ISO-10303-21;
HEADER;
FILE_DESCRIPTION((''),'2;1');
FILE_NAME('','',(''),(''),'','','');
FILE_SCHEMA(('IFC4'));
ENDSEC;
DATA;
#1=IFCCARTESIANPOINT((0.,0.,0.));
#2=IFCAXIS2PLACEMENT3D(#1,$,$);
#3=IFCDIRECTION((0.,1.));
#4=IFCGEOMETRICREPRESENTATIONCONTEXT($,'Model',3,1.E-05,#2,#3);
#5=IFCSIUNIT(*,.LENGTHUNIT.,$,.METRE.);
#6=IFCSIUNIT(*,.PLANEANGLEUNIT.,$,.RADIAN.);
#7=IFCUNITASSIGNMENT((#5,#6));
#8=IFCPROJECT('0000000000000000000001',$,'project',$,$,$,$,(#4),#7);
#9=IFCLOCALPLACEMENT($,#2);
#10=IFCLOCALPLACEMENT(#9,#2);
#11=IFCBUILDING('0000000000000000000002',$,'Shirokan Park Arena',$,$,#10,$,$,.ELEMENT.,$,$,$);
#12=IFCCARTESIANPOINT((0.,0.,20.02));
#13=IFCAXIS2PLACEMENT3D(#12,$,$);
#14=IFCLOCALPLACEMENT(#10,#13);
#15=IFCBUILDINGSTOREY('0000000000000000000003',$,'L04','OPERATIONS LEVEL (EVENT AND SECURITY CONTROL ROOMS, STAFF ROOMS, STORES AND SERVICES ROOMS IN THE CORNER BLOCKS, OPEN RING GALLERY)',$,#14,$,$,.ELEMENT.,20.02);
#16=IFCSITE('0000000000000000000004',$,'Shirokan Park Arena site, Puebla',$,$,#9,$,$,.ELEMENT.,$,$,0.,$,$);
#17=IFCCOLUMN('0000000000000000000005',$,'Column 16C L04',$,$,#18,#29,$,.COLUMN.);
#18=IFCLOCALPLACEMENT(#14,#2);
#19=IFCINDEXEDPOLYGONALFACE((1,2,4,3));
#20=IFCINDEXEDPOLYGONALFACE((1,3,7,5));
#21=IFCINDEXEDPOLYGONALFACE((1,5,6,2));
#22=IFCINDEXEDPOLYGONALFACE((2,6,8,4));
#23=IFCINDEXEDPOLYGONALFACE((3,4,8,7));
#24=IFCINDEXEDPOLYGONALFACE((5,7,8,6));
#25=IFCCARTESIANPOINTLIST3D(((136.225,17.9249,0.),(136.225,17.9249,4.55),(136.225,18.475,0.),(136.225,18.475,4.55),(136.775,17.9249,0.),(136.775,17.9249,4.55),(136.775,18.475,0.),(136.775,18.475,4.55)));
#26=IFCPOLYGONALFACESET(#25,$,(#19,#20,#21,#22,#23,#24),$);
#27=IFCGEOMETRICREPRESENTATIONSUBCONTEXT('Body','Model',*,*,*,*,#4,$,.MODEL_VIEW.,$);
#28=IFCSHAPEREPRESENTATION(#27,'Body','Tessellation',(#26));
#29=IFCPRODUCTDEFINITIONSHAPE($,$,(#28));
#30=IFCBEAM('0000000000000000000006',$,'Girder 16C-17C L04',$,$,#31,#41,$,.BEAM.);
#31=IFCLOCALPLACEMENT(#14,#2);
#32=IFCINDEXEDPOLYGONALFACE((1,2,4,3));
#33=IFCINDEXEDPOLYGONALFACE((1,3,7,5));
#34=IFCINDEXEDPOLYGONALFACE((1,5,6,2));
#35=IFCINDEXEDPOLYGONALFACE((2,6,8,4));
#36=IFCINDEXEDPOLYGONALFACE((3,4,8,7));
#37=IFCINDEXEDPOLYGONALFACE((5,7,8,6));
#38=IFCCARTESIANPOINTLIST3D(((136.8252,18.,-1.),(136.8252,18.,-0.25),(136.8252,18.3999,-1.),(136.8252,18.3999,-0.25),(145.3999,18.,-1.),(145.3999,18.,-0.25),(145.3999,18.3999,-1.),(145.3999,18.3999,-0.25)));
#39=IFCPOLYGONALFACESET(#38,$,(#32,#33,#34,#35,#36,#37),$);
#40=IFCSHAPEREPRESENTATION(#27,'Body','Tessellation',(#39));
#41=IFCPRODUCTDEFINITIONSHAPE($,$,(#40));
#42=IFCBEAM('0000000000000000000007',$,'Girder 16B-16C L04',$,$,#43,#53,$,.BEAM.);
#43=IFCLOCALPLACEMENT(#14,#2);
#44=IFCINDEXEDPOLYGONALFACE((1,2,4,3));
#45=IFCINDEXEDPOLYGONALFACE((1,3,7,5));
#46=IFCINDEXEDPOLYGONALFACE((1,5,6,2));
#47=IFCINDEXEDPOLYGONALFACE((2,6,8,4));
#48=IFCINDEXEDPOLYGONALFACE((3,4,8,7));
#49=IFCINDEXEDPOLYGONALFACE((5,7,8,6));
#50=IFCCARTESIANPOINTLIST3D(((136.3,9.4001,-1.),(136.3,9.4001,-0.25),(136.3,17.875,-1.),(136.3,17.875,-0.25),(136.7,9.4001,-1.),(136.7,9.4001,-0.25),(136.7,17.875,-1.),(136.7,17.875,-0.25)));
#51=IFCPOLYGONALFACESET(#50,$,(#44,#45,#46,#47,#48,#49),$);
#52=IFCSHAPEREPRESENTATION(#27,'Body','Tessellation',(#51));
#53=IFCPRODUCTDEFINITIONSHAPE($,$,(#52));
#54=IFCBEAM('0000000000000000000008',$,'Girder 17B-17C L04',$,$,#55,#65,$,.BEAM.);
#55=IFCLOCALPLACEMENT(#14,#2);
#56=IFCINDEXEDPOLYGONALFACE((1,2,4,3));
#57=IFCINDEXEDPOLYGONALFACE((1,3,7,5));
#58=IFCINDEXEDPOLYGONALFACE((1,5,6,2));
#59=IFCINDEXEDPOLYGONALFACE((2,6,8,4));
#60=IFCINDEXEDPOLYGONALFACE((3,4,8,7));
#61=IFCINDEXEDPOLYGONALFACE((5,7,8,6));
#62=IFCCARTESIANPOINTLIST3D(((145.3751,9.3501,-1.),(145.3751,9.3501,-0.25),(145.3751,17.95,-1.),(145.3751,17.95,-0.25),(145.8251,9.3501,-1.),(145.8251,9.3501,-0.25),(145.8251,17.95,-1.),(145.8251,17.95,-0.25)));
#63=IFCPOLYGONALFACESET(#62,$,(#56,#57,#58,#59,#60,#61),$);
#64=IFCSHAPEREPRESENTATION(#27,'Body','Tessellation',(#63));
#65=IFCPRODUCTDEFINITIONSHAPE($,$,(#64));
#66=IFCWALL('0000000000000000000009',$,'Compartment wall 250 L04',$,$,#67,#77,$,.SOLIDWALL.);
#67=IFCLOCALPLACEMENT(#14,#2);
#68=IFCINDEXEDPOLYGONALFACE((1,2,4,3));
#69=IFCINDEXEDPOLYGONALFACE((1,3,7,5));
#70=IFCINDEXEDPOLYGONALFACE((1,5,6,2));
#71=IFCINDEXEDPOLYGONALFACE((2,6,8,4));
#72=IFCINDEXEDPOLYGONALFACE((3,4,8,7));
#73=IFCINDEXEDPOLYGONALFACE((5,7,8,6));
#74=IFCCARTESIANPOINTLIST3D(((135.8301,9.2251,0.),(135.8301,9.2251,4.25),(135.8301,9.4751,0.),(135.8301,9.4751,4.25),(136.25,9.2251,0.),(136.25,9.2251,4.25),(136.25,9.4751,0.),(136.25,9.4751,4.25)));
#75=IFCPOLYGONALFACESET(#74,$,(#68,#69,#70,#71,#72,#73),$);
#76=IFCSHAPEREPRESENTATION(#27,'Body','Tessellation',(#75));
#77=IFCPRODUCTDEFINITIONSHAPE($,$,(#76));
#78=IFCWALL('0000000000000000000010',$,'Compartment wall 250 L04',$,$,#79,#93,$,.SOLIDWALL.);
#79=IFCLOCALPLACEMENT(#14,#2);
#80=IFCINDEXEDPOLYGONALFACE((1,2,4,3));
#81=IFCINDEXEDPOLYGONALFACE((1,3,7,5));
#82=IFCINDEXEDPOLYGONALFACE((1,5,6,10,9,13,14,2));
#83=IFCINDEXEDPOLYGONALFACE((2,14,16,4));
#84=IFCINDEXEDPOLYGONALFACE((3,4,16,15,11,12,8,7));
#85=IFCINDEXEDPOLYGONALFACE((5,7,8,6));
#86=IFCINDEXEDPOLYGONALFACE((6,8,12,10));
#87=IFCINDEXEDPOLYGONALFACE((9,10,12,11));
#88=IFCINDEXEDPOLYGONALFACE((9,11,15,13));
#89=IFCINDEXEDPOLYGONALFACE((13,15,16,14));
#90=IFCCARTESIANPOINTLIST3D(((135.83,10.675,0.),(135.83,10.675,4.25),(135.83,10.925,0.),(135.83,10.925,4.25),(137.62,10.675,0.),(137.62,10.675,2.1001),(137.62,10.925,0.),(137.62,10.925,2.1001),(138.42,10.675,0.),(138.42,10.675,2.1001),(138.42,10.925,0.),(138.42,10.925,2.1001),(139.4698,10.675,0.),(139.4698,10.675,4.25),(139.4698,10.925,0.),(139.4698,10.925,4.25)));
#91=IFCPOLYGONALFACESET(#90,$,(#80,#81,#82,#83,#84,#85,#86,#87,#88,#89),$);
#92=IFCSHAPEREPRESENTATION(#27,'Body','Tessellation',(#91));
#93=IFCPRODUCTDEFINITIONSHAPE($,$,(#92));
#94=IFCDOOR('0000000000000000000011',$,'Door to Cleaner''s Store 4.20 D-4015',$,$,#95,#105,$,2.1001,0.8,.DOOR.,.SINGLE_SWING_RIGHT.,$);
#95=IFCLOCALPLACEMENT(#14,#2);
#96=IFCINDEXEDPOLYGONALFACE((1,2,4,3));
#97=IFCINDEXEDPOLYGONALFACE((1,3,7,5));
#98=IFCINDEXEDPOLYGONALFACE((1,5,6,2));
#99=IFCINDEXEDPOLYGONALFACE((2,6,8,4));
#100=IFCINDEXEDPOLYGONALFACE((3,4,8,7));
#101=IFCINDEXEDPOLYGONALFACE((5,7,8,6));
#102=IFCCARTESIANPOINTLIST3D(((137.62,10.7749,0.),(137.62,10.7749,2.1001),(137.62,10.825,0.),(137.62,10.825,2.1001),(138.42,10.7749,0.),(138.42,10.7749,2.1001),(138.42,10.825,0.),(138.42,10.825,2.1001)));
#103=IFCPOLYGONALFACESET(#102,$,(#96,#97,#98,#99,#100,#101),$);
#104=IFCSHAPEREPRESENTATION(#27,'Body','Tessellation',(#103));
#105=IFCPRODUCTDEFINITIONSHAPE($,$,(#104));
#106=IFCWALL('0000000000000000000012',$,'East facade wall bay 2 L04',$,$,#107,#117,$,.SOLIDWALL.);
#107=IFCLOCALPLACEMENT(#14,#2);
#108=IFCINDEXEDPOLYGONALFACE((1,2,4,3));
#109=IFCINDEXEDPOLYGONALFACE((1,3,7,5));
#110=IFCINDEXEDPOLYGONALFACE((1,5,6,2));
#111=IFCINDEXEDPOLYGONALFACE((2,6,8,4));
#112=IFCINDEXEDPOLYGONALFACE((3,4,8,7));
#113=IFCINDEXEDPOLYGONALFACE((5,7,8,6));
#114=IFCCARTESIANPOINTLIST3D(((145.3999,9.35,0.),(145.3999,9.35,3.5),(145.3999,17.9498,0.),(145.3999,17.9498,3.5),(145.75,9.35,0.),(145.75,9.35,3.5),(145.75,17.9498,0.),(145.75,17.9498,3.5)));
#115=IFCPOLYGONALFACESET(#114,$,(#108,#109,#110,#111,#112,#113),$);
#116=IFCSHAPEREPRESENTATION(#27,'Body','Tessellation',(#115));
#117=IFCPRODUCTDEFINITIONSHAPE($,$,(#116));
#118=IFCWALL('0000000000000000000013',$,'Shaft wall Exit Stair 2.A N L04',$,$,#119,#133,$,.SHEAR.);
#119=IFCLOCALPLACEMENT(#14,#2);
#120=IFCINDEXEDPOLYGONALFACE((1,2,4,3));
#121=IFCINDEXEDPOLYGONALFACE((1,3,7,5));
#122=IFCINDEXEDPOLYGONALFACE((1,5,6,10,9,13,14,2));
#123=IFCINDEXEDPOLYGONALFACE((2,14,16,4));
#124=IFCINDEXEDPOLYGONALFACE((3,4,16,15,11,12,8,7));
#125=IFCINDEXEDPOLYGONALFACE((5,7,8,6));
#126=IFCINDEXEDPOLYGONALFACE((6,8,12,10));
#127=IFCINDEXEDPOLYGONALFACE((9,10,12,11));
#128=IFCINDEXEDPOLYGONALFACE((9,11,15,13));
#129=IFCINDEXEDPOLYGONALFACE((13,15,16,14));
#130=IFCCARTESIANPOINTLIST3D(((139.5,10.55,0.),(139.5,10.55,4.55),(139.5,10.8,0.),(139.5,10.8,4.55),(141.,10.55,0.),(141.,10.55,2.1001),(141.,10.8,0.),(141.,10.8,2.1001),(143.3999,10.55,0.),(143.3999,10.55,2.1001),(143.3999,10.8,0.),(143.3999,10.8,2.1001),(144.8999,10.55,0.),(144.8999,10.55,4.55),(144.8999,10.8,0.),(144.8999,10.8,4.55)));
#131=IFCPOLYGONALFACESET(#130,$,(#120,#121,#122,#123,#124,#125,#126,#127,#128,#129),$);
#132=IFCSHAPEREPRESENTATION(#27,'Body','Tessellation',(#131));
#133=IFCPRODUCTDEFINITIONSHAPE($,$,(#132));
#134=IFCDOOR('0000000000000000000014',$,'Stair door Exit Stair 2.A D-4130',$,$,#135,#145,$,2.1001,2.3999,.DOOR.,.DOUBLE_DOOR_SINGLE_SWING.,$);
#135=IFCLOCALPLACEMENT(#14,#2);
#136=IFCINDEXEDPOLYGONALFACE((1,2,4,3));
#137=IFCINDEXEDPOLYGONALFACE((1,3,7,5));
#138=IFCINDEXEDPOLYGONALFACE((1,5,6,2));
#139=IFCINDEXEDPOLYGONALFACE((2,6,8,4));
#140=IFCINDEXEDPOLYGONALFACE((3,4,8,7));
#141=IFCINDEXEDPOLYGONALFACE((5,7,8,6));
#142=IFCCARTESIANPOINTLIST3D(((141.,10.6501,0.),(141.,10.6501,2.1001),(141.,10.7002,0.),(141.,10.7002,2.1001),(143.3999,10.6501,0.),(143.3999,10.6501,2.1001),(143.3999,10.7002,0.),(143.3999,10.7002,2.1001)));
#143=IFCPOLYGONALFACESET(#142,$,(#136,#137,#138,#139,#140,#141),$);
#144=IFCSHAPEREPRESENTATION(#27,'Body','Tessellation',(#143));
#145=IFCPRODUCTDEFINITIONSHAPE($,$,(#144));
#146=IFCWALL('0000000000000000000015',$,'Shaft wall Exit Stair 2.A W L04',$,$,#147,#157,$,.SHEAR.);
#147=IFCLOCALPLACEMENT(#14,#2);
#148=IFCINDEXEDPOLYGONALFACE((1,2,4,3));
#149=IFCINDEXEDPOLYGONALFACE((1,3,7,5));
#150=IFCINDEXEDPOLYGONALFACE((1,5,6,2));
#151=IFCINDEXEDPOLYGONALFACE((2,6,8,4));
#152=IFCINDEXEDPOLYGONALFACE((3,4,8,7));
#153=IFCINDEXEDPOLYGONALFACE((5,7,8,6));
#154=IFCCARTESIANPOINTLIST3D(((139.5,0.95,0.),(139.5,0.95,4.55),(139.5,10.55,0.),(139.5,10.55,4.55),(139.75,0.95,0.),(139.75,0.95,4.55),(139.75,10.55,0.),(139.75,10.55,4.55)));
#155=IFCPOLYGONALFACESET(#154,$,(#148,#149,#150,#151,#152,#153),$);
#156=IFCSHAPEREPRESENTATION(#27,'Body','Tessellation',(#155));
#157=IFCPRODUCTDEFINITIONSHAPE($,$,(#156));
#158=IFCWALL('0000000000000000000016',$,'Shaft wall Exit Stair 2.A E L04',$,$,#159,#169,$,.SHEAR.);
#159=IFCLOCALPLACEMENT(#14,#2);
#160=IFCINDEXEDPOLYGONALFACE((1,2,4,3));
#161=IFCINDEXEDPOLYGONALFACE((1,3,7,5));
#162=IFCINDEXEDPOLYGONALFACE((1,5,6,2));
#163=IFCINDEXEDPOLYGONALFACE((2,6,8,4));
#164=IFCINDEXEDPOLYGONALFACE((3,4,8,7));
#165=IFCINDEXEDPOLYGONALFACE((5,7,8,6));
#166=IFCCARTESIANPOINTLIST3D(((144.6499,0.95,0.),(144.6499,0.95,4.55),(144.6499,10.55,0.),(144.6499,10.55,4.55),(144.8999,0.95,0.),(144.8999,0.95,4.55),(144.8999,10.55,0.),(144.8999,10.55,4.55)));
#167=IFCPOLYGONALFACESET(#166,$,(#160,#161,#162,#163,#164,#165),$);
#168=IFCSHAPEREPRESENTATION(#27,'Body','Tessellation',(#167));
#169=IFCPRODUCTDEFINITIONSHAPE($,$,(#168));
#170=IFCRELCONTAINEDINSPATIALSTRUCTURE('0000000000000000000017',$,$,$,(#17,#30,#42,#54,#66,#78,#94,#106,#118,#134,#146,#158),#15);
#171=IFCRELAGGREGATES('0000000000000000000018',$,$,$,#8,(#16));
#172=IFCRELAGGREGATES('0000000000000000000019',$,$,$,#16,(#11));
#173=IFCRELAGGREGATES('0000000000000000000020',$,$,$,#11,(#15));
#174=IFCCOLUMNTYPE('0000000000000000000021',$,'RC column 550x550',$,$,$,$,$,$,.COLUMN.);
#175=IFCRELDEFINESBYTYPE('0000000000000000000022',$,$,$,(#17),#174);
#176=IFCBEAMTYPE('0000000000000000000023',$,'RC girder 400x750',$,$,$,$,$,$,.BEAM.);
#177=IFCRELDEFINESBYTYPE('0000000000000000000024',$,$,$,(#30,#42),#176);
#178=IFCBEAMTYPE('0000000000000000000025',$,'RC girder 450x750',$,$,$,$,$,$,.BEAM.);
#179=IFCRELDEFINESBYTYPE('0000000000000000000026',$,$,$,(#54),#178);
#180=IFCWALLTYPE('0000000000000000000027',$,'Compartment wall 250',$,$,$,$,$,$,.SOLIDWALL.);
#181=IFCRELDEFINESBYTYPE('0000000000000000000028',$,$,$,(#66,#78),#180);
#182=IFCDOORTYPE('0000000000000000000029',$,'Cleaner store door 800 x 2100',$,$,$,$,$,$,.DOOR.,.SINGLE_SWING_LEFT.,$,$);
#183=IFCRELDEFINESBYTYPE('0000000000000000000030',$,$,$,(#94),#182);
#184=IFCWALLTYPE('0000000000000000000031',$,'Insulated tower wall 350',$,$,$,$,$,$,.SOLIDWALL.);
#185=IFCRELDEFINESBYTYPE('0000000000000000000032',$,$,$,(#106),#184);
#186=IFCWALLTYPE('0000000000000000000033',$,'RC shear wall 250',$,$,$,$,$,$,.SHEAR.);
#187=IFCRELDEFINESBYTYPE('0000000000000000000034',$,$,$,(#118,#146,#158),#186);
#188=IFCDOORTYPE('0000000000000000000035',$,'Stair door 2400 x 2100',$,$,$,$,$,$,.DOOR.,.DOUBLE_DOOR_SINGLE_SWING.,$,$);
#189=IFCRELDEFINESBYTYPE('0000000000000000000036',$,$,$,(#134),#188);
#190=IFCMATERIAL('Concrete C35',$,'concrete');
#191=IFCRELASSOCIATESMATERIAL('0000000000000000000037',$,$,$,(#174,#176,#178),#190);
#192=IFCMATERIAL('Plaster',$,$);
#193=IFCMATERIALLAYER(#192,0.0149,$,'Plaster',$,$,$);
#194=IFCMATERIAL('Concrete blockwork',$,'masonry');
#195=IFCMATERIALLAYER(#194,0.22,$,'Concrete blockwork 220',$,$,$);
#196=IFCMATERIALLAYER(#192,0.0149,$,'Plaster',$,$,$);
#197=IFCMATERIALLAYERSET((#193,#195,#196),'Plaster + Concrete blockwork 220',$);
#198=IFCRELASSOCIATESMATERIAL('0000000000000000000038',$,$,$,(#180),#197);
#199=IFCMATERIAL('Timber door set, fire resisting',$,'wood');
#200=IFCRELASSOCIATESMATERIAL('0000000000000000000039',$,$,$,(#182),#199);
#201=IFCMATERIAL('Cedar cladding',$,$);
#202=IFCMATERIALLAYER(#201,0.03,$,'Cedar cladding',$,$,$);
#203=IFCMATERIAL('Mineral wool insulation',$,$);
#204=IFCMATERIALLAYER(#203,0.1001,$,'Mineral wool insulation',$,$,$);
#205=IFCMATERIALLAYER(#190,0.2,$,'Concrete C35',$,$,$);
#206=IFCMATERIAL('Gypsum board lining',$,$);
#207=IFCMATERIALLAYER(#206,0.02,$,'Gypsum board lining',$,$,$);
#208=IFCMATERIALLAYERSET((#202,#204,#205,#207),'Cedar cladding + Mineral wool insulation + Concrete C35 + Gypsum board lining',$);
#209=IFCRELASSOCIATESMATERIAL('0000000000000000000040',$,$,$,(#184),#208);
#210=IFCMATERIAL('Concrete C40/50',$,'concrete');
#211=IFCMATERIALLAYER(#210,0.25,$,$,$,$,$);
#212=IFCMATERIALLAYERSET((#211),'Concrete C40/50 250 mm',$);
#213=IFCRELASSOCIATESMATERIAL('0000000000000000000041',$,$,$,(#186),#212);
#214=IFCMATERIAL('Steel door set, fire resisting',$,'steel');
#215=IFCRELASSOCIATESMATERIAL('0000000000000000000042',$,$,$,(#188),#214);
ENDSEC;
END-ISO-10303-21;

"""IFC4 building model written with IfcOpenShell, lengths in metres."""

from ifc_helpers import new_model, si_unit, direction, frame, frame_2d, origin, origin_2d, place, context, subcontext, project, spatial, rectangle, extrude, material, layer, layer_set, material_profile, profile_set, type_object, element, fill, save


model = new_model("IFC4")

# Units and contexts
model_context = context("Model", 3, precision=1e-05, world=origin(), true_north=direction((0.0, 1.0)))
body_context = subcontext(model_context, "Body", "Model", "MODEL_VIEW")
ifc_project = project(units=[si_unit("LENGTHUNIT", "METRE"), si_unit("PLANEANGLEUNIT", "RADIAN")], contexts=[model_context])

# Site, building, storey
site_placement = place(None, origin())
site = spatial("IfcSite", under=ifc_project, at=site_placement, Name="Shirokan Park Arena site, Puebla", CompositionType="ELEMENT", RefElevation=0.0)
building_placement = place(site_placement, origin())
building = spatial("IfcBuilding", under=site, at=building_placement, Name="Shirokan Park Arena", CompositionType="ELEMENT")
storey_placement = place(building_placement, frame((0.0, 0.0, 20.02)))
storey = spatial("IfcBuildingStorey", under=building, at=storey_placement, Name="L04", Description="OPERATIONS LEVEL (EVENT AND SECURITY CONTROL ROOMS, STAFF ROOMS, STORES AND SERVICES ROOMS IN THE CORNER BLOCKS, OPEN RING GALLERY)", CompositionType="ELEMENT", Elevation=20.02)

# Column
ifc_material_1 = material(Name="Concrete C35", Category="concrete")
ifc_material_profile_1 = material_profile(ifc_material_1, rectangle(XDim=0.55, YDim=0.55, at=origin_2d()), Name="550x550")
ifc_profile_set_1 = profile_set([ifc_material_profile_1], Name="Concrete C35")
column_type = type_object("IfcColumnType", Name="RC column 550x550", PredefinedType="COLUMN", material=ifc_profile_set_1)
column_placement = place(storey_placement, frame((136.5, 18.2, 0.0), z_axis=(0.0, 0.0, 1.0), x_axis=(1.0, 0.0, 0.0)))
element("IfcColumn", 1, at=column_placement, inside=storey, type_object=column_type, Name="Column 16C L04", PredefinedType="COLUMN", context=body_context, shape_type="SweptSolid", body=[
    extrude(rectangle(XDim=0.55, YDim=0.55, at=origin_2d()), origin(), (0.0, 0.0, 1.0), 4.55),
])

# Beams
ifc_material_profile_2 = material_profile(ifc_material_1, rectangle(XDim=0.3999, YDim=0.75, at=origin_2d()), Name="400x750")
ifc_profile_set_2 = profile_set([ifc_material_profile_2], Name="Concrete C35")
beam_type_1 = type_object("IfcBeamType", Name="RC girder 400x750", PredefinedType="BEAM", material=ifc_profile_set_2)
beam_1_placement = place(storey_placement, frame((136.8252, 18.2, -0.625), z_axis=(1.0, 0.0, 0.0), x_axis=(0.0, 1.0, 0.0)))
element("IfcBeam", 2, at=beam_1_placement, inside=storey, type_object=beam_type_1, Name="Girder 16C-17C L04", PredefinedType="BEAM", context=body_context, shape_type="SweptSolid", body=[
    extrude(rectangle(XDim=0.3999, YDim=0.75, at=origin_2d()), origin(), (0.0, 0.0, 1.0), 8.5747),
])
beam_2_placement = place(storey_placement, frame((136.5, 9.4001, -0.625), z_axis=(0.0, 1.0, 0.0), x_axis=(-1.0, 0.0, 0.0)))
element("IfcBeam", 3, at=beam_2_placement, inside=storey, type_object=beam_type_1, Name="Girder 16B-16C L04", PredefinedType="BEAM", context=body_context, shape_type="SweptSolid", body=[
    extrude(rectangle(XDim=0.3999, YDim=0.75, at=origin_2d()), origin(), (0.0, 0.0, 1.0), 8.4749),
])
ifc_material_profile_3 = material_profile(ifc_material_1, rectangle(XDim=0.45, YDim=0.75, at=origin_2d()), Name="450x750")
ifc_profile_set_3 = profile_set([ifc_material_profile_3], Name="Concrete C35")
beam_type_2 = type_object("IfcBeamType", Name="RC girder 450x750", PredefinedType="BEAM", material=ifc_profile_set_3)
beam_3_placement = place(storey_placement, frame((145.6001, 9.3501, -0.625), z_axis=(0.0, 1.0, 0.0), x_axis=(-1.0, 0.0, 0.0)))
element("IfcBeam", 4, at=beam_3_placement, inside=storey, type_object=beam_type_2, Name="Girder 17B-17C L04", PredefinedType="BEAM", context=body_context, shape_type="SweptSolid", body=[
    extrude(rectangle(XDim=0.45, YDim=0.75, at=origin_2d()), origin(), (0.0, 0.0, 1.0), 8.5999),
])

# Wall
ifc_material_2 = material(Name="Plaster")
ifc_layer_1 = layer(ifc_material_2, 0.0149, Name="Plaster")
ifc_material_3 = material(Name="Concrete blockwork", Category="masonry")
ifc_layer_2 = layer(ifc_material_3, 0.22, Name="Concrete blockwork 220")
ifc_layer_3 = layer(ifc_material_2, 0.0149, Name="Plaster")
ifc_layer_set_1 = layer_set([ifc_layer_1, ifc_layer_2, ifc_layer_3], Name="Plaster + Concrete blockwork 220")
wall_type_1 = type_object("IfcWallType", Name="Compartment wall 250", PredefinedType="SOLIDWALL", material=ifc_layer_set_1)
wall_1_placement = place(storey_placement, frame((136.25, 9.3501, 0.0), z_axis=(0.0, 0.0, 1.0), x_axis=(-1.0, 0.0, 0.0)))
element("IfcWall", 5, at=wall_1_placement, inside=storey, type_object=wall_type_1, Name="Compartment wall 250 L04", PredefinedType="SOLIDWALL", context=body_context, shape_type="SweptSolid", body=[
    extrude(rectangle(XDim=0.4199, YDim=0.25, at=frame_2d((0.21, 0.0))), origin(), (0.0, 0.0, 1.0), 4.25),
])

# Wall, opening, door
wall_2_placement = place(storey_placement, frame((135.8301, 10.8, 0.0), z_axis=(0.0, 0.0, 1.0), x_axis=(1.0, 0.0, 0.0)))
wall_2 = element("IfcWall", 6, at=wall_2_placement, inside=storey, type_object=wall_type_1, Name="Compartment wall 250 L04", PredefinedType="SOLIDWALL", context=body_context, shape_type="SweptSolid", body=[
    extrude(rectangle(XDim=3.6399, YDim=0.25, at=frame_2d((1.8198, 0.0))), origin(), (0.0, 0.0, 1.0), 4.25),
])
opening_1_placement = place(wall_2_placement, frame((1.79, 0.0, 0.0)))
opening_1 = element("IfcOpeningElement", 7, at=opening_1_placement, cuts=wall_2, PredefinedType="OPENING", context=body_context, shape_type="SweptSolid", body=[
    extrude(rectangle(XDim=0.8, YDim=2.1001, at=frame_2d((0.3999, 1.05))), frame((0.0, 0.135, 0.0), z_axis=(0.0, -1.0, 0.0), x_axis=(1.0, 0.0, 0.0)), (0.0, 0.0, 1.0), 0.27),
])
ifc_material_4 = material(Name="Timber door set, fire resisting", Category="wood")
door_type_1 = type_object("IfcDoorType", Name="Cleaner store door 800 x 2100", OperationType="SINGLE_SWING_LEFT", PredefinedType="DOOR", material=ifc_material_4)
door_1_placement = place(opening_1_placement, origin())
door_1 = element("IfcDoor", 8, at=door_1_placement, inside=storey, type_object=door_type_1, Name="Door to Cleaner's Store 4.20 D-4015", OperationType="SINGLE_SWING_RIGHT", OverallHeight=2.1001, OverallWidth=0.8, PredefinedType="DOOR", context=body_context, shape_type="SweptSolid", body=[
    extrude(rectangle(XDim=0.8, YDim=2.1001, at=frame_2d((0.3999, 1.05))), frame((0.0, 0.0249, 0.0), z_axis=(0.0, -1.0, 0.0), x_axis=(1.0, 0.0, 0.0)), (0.0, 0.0, 1.0), 0.05),
])
fill(opening_1, door_1)

# Shared definitions
ifc_material_5 = material(Name="Mineral wool insulation")

# Wall
ifc_material_6 = material(Name="Cedar cladding")
ifc_layer_4 = layer(ifc_material_6, 0.03, Name="Cedar cladding")
ifc_layer_5 = layer(ifc_material_5, 0.1001, Name="Mineral wool insulation")
ifc_layer_6 = layer(ifc_material_1, 0.2, Name="Concrete C35")
ifc_material_7 = material(Name="Gypsum board lining")
ifc_layer_7 = layer(ifc_material_7, 0.02, Name="Gypsum board lining")
ifc_layer_set_2 = layer_set([ifc_layer_4, ifc_layer_5, ifc_layer_6, ifc_layer_7], Name="Cedar cladding + Mineral wool insulation + Concrete C35 + Gypsum board lining")
wall_type_2 = type_object("IfcWallType", Name="Insulated tower wall 350", PredefinedType="SOLIDWALL", material=ifc_layer_set_2)
wall_3_placement = place(storey_placement, frame((145.575, 9.3501, 0.0), z_axis=(0.0, 0.0, 1.0), x_axis=(0.0, 1.0, 0.0)))
element("IfcWall", 9, at=wall_3_placement, inside=storey, type_object=wall_type_2, Name="East facade wall bay 2 L04", PredefinedType="SOLIDWALL", context=body_context, shape_type="SweptSolid", body=[
    extrude(rectangle(XDim=8.5999, YDim=0.3501, at=frame_2d((4.2998, 0.0))), origin(), (0.0, 0.0, 1.0), 3.5),
])

# Wall, opening, door
ifc_material_8 = material(Name="Concrete C40/50", Category="concrete")
ifc_layer_8 = layer(ifc_material_8, 0.25)
ifc_layer_set_3 = layer_set([ifc_layer_8], Name="Concrete C40/50 250 mm")
wall_type_3 = type_object("IfcWallType", Name="RC shear wall 250", PredefinedType="SHEAR", material=ifc_layer_set_3)
wall_4_placement = place(storey_placement, frame((144.8999, 10.675, 0.0), z_axis=(0.0, 0.0, 1.0), x_axis=(-1.0, 0.0, 0.0)))
wall_4 = element("IfcWall", 10, at=wall_4_placement, inside=storey, type_object=wall_type_3, Name="Shaft wall Exit Stair 2.A N L04", PredefinedType="SHEAR", context=body_context, shape_type="SweptSolid", body=[
    extrude(rectangle(XDim=5.3999, YDim=0.25, at=frame_2d((2.7, 0.0))), origin(), (0.0, 0.0, 1.0), 4.55),
])
opening_2_placement = place(wall_4_placement, frame((1.5, 0.0, 0.0)))
opening_2 = element("IfcOpeningElement", 11, at=opening_2_placement, cuts=wall_4, PredefinedType="OPENING", context=body_context, shape_type="SweptSolid", body=[
    extrude(rectangle(XDim=2.3999, YDim=2.1001, at=frame_2d((1.2, 1.05))), frame((0.0, 0.135, 0.0), z_axis=(0.0, -1.0, 0.0), x_axis=(1.0, 0.0, 0.0)), (0.0, 0.0, 1.0), 0.27),
])
ifc_material_9 = material(Name="Steel door set, fire resisting", Category="steel")
door_type_2 = type_object("IfcDoorType", Name="Stair door 2400 x 2100", OperationType="DOUBLE_DOOR_SINGLE_SWING", PredefinedType="DOOR", material=ifc_material_9)
door_2_placement = place(opening_2_placement, origin())
door_2 = element("IfcDoor", 12, at=door_2_placement, inside=storey, type_object=door_type_2, Name="Stair door Exit Stair 2.A D-4130", OperationType="DOUBLE_DOOR_SINGLE_SWING", OverallHeight=2.1001, OverallWidth=2.3999, PredefinedType="DOOR", context=body_context, shape_type="SweptSolid", body=[
    extrude(rectangle(XDim=2.3999, YDim=2.1001, at=frame_2d((1.2, 1.05))), frame((0.0, 0.0249, 0.0), z_axis=(0.0, -1.0, 0.0), x_axis=(1.0, 0.0, 0.0)), (0.0, 0.0, 1.0), 0.05),
])
fill(opening_2, door_2)

# Walls
for number, where, z_axis, x_axis, name in (
    (13, (139.625, 10.55, 0.0), (0.0, 0.0, 1.0), (0.0, -1.0, 0.0), "Shaft wall Exit Stair 2.A W L04"),
    (14, (144.7749, 10.55, 0.0), (0.0, 0.0, 1.0), (0.0, -1.0, 0.0), "Shaft wall Exit Stair 2.A E L04"),
):
    element("IfcWall", number, at=place(storey_placement, frame(where, z_axis=z_axis, x_axis=x_axis)), inside=storey, type_object=wall_type_3, Name=name, PredefinedType="SHEAR", context=body_context, shape_type="SweptSolid", body=[
        extrude(rectangle(XDim=9.6001, YDim=0.25, at=frame_2d((4.8, 0.0))), origin(), (0.0, 0.0, 1.0), 4.55),
    ])

save(model, "model.ifc")
